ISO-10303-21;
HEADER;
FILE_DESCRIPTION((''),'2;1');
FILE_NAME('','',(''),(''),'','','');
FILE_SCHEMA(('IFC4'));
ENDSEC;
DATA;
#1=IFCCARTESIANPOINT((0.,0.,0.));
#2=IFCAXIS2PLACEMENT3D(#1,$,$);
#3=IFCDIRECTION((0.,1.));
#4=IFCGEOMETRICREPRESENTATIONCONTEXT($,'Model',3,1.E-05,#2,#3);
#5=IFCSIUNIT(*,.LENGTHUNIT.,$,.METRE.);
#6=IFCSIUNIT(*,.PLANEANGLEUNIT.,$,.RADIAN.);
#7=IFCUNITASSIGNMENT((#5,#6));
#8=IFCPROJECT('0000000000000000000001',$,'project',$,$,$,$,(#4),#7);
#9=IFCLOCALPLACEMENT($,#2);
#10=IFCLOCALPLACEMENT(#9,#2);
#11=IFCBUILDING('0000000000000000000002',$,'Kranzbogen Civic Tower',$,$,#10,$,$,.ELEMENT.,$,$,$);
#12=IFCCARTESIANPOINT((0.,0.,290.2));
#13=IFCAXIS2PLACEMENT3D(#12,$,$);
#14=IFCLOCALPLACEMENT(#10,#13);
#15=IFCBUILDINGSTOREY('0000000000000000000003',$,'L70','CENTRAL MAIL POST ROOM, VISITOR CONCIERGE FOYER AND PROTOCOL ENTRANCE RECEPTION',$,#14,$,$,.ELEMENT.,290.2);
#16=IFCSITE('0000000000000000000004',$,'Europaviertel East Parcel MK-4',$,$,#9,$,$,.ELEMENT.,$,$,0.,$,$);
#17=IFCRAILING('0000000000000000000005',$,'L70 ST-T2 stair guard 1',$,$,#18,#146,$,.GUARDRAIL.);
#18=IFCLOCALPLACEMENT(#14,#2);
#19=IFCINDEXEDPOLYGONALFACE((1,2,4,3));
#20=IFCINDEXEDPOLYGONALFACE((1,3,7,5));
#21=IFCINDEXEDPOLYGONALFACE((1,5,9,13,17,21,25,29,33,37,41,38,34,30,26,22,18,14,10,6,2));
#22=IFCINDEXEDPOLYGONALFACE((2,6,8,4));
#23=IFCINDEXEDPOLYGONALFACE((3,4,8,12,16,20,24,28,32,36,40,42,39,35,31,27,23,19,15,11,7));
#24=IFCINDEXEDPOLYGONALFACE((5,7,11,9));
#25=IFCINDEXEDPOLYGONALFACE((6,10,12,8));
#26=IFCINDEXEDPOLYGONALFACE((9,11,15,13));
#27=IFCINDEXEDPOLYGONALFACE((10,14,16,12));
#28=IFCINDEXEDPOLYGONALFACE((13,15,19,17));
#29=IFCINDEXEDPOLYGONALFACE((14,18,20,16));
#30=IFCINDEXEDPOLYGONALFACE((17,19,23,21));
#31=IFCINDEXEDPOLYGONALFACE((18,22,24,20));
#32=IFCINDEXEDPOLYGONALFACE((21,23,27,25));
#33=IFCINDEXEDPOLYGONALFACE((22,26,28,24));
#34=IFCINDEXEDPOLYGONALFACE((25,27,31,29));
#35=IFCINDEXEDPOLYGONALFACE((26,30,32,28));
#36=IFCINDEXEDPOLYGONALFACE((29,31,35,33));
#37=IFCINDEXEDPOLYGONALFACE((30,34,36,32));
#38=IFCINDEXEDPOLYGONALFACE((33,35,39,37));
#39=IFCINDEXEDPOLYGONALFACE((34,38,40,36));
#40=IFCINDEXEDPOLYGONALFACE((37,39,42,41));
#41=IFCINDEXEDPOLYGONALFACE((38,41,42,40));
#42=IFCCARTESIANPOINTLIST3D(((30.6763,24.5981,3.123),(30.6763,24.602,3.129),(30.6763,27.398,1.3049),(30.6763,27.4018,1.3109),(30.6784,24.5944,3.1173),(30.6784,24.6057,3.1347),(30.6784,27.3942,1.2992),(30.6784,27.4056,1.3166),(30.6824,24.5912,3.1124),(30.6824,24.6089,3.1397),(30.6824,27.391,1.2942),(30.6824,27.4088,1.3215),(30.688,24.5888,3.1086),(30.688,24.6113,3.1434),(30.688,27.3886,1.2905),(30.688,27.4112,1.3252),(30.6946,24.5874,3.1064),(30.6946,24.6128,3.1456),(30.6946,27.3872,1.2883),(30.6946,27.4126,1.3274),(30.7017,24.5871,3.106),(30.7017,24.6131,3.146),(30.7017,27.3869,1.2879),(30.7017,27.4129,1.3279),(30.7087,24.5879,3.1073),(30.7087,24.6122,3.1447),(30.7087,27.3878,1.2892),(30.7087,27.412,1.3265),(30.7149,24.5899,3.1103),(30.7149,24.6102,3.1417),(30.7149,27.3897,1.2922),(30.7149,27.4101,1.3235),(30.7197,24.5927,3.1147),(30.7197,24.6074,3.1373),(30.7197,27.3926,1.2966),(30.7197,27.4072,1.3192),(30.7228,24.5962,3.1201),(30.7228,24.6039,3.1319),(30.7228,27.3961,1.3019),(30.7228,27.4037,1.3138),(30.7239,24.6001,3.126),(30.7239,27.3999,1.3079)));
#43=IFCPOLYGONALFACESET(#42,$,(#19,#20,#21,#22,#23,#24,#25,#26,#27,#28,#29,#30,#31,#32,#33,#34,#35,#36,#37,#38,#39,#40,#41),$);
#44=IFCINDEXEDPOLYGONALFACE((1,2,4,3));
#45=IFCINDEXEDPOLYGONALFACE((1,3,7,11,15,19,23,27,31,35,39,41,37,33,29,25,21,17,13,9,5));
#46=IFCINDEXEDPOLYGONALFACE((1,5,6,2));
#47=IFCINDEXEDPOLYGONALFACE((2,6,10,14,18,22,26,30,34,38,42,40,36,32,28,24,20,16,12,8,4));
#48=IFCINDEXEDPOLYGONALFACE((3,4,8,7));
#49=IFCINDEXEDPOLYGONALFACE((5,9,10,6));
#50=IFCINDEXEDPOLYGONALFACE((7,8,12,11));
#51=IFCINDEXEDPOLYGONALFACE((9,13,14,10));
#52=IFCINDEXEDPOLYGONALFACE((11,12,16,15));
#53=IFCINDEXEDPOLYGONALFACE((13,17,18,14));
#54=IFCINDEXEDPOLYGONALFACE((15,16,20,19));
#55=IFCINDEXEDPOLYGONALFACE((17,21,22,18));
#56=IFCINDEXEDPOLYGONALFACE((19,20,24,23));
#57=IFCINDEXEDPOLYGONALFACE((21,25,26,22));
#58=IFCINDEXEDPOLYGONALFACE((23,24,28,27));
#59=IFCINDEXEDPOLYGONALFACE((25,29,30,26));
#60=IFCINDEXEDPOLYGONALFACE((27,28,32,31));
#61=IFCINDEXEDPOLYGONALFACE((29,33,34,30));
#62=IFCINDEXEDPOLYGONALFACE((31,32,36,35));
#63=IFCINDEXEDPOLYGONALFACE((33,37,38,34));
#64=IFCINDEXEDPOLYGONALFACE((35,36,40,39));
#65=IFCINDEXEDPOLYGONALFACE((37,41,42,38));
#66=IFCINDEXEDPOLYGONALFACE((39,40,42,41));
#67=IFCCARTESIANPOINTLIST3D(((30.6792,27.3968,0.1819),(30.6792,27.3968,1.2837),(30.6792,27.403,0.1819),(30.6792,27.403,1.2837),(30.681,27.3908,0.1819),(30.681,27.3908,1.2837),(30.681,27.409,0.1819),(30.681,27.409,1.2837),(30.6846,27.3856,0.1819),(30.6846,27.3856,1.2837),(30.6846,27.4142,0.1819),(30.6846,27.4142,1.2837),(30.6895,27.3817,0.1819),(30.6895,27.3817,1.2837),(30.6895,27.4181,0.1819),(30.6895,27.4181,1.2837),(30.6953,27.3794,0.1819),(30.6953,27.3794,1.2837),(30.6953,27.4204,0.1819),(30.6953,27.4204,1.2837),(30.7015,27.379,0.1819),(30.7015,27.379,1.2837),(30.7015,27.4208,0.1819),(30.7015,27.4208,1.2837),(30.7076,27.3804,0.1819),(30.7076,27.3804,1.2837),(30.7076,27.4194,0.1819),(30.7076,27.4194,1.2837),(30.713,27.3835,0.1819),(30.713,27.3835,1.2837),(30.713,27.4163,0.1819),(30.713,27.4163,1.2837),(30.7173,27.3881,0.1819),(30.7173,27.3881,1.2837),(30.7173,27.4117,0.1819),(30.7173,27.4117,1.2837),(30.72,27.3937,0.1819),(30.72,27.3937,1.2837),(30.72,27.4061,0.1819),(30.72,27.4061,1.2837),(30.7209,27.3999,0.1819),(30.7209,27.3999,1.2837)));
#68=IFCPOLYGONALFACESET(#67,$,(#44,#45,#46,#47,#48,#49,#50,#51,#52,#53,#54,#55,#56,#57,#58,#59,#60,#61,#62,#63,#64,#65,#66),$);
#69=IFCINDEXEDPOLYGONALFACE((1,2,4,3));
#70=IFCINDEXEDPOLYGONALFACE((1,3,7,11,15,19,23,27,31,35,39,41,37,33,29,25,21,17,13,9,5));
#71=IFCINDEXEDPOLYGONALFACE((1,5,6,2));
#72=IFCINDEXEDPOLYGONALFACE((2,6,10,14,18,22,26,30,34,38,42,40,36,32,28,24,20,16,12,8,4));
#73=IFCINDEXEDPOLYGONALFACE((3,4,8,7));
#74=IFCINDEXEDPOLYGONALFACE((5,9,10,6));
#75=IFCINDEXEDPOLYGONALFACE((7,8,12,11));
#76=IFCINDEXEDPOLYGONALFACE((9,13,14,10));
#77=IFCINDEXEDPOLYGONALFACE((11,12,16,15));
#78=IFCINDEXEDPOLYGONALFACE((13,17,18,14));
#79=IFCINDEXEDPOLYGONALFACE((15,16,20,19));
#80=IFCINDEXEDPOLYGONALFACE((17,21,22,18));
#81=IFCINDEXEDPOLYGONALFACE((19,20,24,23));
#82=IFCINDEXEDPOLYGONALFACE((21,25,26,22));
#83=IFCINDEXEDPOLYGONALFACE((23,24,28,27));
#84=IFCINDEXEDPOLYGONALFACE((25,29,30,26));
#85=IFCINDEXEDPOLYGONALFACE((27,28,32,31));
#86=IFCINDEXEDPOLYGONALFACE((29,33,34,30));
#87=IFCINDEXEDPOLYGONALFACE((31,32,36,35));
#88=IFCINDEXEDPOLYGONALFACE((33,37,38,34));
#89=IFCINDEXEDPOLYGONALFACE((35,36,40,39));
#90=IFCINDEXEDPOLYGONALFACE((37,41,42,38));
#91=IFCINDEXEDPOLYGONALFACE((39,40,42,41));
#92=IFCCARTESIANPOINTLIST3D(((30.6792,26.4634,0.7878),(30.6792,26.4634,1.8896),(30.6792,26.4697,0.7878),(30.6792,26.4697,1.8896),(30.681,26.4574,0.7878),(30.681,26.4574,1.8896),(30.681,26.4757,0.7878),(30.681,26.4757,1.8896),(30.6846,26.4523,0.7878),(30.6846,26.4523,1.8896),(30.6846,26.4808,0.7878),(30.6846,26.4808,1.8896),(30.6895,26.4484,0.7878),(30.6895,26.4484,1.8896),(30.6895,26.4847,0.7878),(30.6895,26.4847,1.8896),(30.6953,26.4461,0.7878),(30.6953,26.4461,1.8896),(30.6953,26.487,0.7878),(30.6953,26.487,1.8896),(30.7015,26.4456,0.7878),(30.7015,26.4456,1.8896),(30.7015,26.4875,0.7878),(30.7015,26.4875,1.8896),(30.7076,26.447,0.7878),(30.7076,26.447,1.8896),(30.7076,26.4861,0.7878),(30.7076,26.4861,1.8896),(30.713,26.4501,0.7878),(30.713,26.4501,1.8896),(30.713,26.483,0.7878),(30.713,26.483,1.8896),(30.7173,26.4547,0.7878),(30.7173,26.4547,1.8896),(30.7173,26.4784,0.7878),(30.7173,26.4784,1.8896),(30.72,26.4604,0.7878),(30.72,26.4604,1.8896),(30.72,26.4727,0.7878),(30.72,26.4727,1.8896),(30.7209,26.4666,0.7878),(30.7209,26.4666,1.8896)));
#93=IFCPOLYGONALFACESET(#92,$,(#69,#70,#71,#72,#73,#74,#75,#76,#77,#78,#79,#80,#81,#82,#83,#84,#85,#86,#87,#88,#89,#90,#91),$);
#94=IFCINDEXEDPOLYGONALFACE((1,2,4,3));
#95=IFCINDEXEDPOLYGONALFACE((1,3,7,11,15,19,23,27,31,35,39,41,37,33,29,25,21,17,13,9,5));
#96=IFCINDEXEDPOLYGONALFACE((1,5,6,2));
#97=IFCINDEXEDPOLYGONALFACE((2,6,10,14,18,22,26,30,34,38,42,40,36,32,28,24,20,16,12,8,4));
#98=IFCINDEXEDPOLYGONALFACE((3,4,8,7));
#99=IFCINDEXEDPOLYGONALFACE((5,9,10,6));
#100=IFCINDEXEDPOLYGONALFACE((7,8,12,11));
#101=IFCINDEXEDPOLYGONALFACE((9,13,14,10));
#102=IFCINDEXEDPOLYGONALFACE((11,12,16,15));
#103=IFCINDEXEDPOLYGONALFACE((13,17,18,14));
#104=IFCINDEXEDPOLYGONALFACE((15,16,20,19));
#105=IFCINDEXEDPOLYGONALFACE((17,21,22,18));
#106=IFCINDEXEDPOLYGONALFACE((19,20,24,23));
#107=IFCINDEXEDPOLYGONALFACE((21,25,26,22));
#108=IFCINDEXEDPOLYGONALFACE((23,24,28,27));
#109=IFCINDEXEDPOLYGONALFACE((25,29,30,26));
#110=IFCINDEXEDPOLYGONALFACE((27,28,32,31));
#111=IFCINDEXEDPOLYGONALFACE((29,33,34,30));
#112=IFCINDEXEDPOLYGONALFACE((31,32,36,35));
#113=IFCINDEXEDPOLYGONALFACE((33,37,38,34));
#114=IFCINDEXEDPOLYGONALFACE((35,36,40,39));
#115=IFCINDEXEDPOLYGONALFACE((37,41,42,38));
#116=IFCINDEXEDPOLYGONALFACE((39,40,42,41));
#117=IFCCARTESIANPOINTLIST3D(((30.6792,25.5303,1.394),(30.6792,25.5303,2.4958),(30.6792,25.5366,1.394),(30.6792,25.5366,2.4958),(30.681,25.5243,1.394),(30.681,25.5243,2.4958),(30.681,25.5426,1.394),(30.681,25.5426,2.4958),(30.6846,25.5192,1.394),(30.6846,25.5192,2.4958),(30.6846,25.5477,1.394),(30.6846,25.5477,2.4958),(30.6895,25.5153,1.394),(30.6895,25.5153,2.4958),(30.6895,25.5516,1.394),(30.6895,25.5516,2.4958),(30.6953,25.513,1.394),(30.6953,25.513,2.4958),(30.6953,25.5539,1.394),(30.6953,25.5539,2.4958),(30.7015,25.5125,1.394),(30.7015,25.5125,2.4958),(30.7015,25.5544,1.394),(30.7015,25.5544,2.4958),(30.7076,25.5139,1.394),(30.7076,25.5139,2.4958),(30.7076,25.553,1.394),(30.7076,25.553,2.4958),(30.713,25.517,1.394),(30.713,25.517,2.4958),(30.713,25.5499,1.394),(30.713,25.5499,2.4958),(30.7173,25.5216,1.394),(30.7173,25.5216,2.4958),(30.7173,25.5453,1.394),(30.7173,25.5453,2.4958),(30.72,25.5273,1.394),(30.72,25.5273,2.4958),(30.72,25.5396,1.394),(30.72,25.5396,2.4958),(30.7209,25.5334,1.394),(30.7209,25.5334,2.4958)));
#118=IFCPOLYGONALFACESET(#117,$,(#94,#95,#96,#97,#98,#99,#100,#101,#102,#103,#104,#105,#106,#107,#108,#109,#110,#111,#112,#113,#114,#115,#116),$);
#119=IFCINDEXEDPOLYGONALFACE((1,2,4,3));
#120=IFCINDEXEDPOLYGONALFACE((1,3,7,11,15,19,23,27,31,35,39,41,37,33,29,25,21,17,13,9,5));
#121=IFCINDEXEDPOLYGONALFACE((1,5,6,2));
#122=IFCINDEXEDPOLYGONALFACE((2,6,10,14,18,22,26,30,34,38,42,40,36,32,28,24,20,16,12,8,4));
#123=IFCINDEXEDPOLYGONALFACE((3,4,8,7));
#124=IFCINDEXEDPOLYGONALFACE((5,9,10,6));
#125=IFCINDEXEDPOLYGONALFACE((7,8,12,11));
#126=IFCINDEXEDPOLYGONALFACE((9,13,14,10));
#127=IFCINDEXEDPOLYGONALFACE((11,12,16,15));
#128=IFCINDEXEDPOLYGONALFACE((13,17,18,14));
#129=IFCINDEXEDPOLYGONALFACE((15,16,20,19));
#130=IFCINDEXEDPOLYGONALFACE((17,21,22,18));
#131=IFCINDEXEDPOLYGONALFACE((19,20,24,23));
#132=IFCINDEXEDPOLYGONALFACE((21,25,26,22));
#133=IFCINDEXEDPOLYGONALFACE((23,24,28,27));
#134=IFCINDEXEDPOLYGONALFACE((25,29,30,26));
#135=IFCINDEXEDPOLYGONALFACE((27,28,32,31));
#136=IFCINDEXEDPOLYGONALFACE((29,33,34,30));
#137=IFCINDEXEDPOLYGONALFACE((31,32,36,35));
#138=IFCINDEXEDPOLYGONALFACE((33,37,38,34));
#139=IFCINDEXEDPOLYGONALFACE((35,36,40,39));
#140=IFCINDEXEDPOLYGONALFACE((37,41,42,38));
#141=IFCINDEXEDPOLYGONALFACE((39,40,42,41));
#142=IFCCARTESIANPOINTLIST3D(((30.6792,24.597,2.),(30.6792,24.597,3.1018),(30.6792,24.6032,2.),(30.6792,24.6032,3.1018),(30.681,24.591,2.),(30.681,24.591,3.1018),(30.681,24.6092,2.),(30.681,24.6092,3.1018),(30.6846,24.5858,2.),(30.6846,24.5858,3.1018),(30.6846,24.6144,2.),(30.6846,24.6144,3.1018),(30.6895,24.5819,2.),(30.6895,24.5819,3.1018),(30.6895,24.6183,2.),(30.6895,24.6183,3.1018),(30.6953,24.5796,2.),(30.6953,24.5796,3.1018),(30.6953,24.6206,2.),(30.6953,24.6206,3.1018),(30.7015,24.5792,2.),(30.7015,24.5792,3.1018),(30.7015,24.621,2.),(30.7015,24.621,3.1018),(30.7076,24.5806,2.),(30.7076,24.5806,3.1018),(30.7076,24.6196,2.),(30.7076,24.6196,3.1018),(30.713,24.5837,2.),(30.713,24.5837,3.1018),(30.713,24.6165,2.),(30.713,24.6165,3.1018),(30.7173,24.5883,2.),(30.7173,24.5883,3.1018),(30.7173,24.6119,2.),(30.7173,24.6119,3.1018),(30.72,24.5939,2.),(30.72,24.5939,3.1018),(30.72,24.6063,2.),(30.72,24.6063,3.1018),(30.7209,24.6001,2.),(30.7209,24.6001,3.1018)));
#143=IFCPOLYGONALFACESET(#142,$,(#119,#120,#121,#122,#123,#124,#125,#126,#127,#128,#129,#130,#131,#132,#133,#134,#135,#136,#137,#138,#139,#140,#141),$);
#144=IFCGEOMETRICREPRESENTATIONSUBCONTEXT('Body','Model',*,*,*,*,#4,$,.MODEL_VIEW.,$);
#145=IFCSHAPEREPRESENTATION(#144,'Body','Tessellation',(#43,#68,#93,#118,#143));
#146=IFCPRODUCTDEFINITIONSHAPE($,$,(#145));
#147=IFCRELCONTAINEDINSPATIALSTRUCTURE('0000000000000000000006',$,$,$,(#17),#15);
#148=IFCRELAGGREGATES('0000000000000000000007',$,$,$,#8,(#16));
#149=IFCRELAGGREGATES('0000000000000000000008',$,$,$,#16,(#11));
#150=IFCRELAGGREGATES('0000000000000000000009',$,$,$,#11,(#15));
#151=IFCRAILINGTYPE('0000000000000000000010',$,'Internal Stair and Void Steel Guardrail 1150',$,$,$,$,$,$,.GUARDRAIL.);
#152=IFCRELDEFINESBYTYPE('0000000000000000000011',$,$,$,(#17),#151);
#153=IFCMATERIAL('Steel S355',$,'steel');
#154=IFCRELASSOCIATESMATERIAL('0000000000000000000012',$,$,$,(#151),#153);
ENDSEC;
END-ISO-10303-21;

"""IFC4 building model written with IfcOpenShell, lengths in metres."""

from ifc_helpers import new_model, si_unit, direction, frame, origin, origin_2d, place, context, subcontext, project, spatial, circle, extrude, material, type_object, element, save


model = new_model("IFC4")

# Units and contexts
model_context = context("Model", 3, precision=1e-05, world=origin(), true_north=direction((0.0, 1.0)))
body_context = subcontext(model_context, "Body", "Model", "MODEL_VIEW")
ifc_project = project(units=[si_unit("LENGTHUNIT", "METRE"), si_unit("PLANEANGLEUNIT", "RADIAN")], contexts=[model_context])

# Site, building, storey
site_placement = place(None, origin())
site = spatial("IfcSite", under=ifc_project, at=site_placement, Name="Europaviertel East Parcel MK-4", CompositionType="ELEMENT", RefElevation=0.0)
building_placement = place(site_placement, origin())
building = spatial("IfcBuilding", under=site, at=building_placement, Name="Kranzbogen Civic Tower", CompositionType="ELEMENT")
storey_placement = place(building_placement, frame((0.0, 0.0, 290.2)))
storey = spatial("IfcBuildingStorey", under=building, at=storey_placement, Name="L70", Description="CENTRAL MAIL POST ROOM, VISITOR CONCIERGE FOYER AND PROTOCOL ENTRANCE RECEPTION", CompositionType="ELEMENT", Elevation=290.2)

# Shared definitions
ifc_material_1 = material(Name="Steel S355", Category="steel")

# Railing
railing_type_1 = type_object("IfcRailingType", Name="Internal Stair and Void Steel Guardrail 1150", PredefinedType="GUARDRAIL", material=ifc_material_1)
railing_1_placement = place(storey_placement, frame((30.7, 27.3999, 0.1819)))
element("IfcRailing", 1, at=railing_1_placement, inside=storey, type_object=railing_type_1, Name="L70 ST-T2 stair guard 1", PredefinedType="GUARDRAIL", context=body_context, shape_type="SweptSolid", body=[
    extrude(circle(Radius=0.0239, at=origin_2d()), frame((0.0, 0.0, 1.126), z_axis=(0.0, -0.838684, 0.544618), x_axis=(1.0, 0.0, 0.0)), (0.0, 0.0, 1.0), 3.3384),
    extrude(circle(Radius=0.021, at=origin_2d()), origin(), (0.0, 0.0, 1.0), 1.1018),
    extrude(circle(Radius=0.021, at=origin_2d()), frame((0.0, -0.9333, 0.606)), (0.0, 0.0, 1.0), 1.1018),
    extrude(circle(Radius=0.021, at=origin_2d()), frame((0.0, -1.8665, 1.2122)), (0.0, 0.0, 1.0), 1.1018),
    extrude(circle(Radius=0.021, at=origin_2d()), frame((0.0, -2.7998, 1.8181)), (0.0, 0.0, 1.0), 1.1018),
])

save(model, "model.ifc")
